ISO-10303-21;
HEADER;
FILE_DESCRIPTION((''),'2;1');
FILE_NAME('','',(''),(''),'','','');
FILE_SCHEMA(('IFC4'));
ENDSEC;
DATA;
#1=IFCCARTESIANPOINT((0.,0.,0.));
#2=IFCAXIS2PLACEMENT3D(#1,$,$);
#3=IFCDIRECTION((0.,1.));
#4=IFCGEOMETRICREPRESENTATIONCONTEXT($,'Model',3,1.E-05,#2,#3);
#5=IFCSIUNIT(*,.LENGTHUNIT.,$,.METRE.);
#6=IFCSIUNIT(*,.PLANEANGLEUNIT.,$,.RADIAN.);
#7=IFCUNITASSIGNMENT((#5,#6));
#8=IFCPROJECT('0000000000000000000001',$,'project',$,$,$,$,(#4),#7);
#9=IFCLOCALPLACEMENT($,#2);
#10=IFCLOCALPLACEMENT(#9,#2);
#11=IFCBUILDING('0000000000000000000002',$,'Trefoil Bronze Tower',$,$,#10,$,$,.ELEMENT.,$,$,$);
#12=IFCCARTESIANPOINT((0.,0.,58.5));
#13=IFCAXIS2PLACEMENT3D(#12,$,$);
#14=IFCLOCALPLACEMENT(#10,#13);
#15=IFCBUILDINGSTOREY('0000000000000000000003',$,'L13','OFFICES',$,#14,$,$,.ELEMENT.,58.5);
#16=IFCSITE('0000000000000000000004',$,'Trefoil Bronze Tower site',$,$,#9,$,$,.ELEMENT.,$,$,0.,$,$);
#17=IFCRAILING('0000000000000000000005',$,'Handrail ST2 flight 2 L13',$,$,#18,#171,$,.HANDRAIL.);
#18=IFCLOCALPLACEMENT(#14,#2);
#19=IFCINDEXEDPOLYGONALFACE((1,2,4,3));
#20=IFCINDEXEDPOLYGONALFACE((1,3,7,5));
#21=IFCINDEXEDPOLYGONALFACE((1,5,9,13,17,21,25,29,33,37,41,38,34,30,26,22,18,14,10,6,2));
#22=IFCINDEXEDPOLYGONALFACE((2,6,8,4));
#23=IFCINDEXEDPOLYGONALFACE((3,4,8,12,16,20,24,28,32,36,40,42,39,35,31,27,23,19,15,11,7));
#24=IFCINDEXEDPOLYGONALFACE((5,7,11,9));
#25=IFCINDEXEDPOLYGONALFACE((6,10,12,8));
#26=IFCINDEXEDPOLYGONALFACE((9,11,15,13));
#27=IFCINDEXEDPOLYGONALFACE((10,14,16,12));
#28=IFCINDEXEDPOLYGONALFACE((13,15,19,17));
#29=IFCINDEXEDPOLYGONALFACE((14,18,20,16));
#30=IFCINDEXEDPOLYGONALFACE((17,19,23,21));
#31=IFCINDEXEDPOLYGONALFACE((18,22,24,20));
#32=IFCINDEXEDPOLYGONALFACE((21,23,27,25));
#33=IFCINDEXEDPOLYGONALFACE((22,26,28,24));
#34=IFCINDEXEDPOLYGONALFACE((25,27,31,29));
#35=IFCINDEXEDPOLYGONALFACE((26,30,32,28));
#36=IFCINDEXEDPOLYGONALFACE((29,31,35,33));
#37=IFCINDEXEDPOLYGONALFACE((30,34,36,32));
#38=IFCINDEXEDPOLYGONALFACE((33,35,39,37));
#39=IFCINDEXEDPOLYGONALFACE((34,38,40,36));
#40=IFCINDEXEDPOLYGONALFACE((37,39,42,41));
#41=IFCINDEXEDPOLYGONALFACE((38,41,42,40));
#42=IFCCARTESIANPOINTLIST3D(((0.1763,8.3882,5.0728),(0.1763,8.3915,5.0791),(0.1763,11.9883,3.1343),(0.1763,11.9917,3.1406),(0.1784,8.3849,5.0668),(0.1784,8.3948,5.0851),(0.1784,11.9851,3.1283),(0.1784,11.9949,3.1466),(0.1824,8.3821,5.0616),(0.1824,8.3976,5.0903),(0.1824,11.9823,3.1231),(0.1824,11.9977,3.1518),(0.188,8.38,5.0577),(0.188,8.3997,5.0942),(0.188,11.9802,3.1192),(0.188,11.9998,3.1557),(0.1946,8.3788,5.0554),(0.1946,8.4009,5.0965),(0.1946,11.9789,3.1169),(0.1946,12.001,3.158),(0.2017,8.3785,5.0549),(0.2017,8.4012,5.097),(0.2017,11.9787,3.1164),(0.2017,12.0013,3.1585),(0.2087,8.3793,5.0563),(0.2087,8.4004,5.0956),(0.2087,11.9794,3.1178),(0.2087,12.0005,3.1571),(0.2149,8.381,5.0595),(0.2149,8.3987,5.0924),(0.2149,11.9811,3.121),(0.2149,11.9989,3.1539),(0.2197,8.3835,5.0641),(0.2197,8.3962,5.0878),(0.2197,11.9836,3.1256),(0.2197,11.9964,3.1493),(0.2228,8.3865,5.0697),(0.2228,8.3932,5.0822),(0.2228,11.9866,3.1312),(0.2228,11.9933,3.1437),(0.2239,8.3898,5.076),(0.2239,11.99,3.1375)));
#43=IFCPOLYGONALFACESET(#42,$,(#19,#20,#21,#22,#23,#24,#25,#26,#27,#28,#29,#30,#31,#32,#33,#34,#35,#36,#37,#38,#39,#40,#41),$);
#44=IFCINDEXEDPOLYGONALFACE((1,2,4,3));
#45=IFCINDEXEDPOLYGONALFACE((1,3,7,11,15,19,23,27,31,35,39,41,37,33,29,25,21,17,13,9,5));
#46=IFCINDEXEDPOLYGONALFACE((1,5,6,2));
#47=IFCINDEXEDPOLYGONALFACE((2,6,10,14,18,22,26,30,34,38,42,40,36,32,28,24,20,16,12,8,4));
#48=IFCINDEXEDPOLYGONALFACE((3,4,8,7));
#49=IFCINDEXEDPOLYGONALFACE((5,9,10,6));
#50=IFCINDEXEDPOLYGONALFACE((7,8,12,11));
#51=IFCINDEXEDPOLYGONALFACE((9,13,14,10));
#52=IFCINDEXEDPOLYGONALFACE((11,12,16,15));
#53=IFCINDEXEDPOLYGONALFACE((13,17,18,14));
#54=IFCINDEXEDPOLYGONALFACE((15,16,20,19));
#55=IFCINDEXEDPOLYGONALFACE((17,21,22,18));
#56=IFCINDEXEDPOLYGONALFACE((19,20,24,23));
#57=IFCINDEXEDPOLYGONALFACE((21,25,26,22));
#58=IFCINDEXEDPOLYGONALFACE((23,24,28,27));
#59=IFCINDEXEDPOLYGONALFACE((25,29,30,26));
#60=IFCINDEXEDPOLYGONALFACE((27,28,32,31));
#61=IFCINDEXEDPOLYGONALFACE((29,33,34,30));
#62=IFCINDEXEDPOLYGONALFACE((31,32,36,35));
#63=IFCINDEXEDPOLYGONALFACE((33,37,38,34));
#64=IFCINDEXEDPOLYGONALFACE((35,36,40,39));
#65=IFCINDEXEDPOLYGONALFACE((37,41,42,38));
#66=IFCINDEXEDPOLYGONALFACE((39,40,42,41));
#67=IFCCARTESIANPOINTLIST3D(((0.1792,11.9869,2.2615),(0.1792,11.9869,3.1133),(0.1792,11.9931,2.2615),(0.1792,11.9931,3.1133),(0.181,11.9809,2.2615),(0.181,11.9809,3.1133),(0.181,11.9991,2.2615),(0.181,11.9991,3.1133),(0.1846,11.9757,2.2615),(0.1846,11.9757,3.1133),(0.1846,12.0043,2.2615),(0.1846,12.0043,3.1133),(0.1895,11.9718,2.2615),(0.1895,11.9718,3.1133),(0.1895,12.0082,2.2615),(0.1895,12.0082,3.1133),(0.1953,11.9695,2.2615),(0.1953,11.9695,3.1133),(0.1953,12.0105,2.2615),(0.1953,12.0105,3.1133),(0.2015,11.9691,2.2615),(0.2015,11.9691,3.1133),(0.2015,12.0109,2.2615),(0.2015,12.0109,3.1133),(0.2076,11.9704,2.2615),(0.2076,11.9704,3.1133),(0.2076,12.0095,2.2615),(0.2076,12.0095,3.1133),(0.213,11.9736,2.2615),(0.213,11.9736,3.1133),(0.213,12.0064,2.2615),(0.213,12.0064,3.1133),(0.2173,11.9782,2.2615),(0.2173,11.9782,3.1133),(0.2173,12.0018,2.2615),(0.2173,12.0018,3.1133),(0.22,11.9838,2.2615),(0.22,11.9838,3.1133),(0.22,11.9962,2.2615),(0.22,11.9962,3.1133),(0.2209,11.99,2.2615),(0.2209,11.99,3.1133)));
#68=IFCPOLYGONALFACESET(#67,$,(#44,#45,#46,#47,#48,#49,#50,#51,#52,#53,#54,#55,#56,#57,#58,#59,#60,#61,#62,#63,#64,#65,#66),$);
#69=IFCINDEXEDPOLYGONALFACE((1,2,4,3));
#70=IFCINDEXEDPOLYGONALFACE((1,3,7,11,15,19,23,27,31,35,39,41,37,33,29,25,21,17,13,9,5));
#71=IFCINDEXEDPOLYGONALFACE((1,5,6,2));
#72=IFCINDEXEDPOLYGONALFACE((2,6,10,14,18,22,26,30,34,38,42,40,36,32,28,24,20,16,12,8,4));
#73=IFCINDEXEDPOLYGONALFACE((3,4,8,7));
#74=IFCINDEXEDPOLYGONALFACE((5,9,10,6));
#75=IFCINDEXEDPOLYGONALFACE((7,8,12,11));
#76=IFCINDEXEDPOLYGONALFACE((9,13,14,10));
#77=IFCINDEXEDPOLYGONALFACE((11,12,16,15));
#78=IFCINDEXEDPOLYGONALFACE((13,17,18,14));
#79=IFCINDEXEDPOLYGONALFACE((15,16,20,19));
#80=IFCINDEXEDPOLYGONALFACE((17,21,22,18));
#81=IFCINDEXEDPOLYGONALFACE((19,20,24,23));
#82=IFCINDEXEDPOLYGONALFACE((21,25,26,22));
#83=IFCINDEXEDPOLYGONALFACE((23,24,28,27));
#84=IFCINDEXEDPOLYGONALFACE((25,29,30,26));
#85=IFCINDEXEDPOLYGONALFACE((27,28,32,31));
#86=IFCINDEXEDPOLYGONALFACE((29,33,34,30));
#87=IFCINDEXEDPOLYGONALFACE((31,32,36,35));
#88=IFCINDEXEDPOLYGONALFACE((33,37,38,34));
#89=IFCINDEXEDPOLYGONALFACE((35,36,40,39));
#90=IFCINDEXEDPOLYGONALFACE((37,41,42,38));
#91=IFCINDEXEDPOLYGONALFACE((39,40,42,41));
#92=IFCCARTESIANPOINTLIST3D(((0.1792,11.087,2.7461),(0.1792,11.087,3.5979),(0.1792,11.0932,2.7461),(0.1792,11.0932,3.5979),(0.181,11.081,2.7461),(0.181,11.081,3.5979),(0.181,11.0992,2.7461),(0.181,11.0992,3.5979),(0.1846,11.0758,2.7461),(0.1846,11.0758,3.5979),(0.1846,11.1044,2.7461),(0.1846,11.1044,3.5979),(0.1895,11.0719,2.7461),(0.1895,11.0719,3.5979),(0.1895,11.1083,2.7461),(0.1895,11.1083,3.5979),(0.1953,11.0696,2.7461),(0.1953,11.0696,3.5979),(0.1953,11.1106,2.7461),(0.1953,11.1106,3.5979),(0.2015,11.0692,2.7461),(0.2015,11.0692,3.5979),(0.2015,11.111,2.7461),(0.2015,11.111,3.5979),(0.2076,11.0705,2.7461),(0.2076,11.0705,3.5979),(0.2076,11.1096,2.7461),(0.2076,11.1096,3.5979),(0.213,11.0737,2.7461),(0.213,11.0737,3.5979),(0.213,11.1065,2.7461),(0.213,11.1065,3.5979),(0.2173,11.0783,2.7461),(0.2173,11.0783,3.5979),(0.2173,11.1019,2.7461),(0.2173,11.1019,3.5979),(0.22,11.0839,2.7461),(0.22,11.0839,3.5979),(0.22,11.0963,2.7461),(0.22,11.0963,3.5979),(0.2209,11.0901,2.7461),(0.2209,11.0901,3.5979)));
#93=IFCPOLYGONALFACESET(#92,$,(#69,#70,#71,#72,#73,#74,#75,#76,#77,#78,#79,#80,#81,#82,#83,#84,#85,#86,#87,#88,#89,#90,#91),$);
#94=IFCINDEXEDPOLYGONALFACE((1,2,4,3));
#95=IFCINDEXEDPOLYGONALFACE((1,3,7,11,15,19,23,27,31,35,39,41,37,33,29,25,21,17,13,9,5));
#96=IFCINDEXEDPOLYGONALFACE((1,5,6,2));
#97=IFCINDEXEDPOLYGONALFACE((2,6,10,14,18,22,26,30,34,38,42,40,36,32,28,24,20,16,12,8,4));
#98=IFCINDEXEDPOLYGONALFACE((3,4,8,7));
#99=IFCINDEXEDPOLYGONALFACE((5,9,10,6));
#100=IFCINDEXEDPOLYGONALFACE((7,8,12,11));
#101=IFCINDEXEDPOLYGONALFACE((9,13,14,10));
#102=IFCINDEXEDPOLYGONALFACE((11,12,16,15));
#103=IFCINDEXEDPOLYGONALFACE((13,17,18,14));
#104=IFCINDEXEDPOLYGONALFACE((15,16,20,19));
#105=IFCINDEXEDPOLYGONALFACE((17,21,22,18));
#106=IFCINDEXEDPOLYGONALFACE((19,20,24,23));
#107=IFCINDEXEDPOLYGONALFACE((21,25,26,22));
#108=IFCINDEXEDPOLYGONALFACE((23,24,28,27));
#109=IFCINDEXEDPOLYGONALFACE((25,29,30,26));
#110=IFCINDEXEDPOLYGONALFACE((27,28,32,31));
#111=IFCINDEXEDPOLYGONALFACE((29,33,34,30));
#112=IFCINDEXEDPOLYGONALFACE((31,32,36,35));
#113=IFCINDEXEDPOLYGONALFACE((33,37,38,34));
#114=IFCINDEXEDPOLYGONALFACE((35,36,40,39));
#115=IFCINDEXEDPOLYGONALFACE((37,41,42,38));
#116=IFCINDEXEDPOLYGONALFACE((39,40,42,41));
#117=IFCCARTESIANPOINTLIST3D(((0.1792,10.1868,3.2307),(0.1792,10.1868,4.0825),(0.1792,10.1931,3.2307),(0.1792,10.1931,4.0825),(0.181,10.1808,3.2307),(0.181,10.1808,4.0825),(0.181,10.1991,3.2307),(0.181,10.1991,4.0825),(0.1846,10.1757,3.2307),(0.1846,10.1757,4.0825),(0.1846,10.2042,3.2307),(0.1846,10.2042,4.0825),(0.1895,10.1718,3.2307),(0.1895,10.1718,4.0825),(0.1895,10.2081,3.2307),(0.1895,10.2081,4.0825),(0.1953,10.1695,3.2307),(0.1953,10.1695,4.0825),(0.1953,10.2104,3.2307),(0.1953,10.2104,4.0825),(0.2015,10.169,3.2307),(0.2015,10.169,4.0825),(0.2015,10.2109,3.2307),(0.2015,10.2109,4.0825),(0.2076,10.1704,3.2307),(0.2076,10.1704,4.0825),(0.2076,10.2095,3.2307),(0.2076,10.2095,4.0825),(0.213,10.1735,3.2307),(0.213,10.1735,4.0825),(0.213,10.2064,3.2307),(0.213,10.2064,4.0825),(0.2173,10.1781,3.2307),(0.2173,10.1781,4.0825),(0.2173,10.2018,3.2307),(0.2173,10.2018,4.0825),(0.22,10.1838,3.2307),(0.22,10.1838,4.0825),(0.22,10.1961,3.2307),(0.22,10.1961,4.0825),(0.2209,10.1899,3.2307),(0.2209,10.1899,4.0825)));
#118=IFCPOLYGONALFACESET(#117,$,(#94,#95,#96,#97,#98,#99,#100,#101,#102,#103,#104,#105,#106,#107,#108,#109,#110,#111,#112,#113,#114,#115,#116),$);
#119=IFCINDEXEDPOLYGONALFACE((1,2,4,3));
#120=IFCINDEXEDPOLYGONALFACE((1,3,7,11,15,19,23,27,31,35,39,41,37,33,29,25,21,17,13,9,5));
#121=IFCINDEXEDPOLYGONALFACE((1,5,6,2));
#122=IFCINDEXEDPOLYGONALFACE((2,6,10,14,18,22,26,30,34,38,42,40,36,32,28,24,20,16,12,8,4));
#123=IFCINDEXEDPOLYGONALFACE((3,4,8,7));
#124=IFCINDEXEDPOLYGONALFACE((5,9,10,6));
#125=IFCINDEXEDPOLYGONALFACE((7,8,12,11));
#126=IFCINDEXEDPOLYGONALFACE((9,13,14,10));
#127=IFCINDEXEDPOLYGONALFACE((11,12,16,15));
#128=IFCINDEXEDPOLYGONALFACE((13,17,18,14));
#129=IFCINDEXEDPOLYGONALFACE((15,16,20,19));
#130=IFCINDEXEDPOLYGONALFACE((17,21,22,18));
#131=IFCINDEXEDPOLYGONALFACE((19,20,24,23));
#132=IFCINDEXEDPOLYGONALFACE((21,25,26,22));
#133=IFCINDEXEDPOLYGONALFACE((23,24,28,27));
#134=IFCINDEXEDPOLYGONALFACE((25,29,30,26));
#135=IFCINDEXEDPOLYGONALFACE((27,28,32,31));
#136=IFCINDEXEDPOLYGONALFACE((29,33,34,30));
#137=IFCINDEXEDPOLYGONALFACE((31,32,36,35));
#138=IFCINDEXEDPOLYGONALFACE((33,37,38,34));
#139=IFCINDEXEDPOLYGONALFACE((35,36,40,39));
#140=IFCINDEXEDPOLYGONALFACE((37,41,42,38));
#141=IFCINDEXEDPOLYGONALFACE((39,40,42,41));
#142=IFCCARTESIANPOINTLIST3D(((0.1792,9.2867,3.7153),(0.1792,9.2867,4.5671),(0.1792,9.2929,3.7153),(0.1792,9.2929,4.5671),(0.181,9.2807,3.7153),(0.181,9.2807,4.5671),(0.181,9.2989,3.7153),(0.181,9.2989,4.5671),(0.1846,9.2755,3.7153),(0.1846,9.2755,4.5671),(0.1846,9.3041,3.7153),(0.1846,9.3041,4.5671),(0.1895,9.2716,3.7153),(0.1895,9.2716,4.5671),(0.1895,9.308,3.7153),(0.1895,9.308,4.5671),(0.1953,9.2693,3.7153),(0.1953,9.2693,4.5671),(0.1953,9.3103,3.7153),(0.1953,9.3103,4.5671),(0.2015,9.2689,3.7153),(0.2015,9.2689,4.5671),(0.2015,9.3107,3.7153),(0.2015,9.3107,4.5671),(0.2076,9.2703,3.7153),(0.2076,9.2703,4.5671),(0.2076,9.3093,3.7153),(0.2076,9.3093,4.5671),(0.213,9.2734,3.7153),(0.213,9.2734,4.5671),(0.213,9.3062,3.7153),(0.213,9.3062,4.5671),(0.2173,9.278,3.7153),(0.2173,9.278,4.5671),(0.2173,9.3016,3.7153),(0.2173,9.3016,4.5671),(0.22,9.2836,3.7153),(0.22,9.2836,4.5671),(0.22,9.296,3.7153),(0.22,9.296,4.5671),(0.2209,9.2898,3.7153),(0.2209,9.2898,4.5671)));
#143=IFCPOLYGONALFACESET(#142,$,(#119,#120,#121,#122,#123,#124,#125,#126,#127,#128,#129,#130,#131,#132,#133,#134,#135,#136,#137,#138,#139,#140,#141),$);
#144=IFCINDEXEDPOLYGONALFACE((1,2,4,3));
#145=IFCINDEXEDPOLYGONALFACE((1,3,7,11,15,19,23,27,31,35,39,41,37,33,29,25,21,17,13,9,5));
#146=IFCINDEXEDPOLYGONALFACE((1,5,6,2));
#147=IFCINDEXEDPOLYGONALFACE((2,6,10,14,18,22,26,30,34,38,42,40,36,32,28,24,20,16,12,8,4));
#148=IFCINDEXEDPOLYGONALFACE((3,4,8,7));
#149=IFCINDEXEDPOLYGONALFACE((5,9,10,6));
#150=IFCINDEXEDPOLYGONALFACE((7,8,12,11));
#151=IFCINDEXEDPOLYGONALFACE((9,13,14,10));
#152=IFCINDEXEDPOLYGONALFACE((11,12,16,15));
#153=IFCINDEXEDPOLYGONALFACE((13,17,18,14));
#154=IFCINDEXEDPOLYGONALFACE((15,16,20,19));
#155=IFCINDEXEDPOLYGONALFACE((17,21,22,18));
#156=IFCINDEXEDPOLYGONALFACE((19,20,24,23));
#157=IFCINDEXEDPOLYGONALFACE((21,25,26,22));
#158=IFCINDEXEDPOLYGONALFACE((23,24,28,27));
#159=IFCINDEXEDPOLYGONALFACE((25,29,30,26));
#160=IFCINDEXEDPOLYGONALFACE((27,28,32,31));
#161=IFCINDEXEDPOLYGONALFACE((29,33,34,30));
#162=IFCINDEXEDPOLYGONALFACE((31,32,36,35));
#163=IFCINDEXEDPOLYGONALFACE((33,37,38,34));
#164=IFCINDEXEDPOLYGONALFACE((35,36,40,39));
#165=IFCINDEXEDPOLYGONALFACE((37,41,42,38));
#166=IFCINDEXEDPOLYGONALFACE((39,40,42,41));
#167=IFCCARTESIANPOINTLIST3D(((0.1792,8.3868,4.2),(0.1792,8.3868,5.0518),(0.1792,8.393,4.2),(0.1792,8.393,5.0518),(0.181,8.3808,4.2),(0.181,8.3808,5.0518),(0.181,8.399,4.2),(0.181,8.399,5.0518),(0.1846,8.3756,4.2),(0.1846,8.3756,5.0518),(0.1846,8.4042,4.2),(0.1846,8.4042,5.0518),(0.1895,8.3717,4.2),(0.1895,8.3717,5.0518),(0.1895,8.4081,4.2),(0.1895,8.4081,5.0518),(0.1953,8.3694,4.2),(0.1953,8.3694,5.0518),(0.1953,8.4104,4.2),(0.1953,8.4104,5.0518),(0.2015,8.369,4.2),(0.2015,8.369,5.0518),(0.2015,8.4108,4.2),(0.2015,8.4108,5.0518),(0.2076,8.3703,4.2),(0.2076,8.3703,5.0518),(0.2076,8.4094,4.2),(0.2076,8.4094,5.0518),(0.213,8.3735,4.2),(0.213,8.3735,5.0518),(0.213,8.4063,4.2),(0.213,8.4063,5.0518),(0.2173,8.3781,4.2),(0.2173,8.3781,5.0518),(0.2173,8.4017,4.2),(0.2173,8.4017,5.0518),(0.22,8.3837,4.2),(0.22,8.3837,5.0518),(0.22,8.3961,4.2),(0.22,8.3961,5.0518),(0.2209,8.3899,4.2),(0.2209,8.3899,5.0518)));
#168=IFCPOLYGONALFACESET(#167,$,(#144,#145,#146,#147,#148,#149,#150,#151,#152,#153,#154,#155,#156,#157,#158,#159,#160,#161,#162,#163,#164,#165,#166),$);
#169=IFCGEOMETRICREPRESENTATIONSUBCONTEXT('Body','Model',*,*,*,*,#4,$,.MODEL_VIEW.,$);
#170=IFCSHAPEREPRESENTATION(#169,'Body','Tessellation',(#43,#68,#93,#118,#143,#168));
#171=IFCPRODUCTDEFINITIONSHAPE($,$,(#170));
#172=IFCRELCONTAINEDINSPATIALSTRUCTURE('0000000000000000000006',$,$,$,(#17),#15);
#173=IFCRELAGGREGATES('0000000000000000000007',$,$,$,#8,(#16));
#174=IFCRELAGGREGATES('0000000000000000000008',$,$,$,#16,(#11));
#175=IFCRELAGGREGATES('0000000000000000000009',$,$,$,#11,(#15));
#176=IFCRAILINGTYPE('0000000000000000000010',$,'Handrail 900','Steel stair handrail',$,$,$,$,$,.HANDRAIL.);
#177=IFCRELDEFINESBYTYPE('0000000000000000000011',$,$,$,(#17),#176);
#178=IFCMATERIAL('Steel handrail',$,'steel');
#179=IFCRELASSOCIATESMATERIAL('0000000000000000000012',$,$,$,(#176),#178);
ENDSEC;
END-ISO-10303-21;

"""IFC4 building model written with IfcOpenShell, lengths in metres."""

from ifc_helpers import new_model, si_unit, direction, frame, origin, origin_2d, place, context, subcontext, project, spatial, circle, extrude, material, type_object, element, save


model = new_model("IFC4")

# Units and contexts
model_context = context("Model", 3, precision=1e-05, world=origin(), true_north=direction((0.0, 1.0)))
body_context = subcontext(model_context, "Body", "Model", "MODEL_VIEW")
ifc_project = project(units=[si_unit("LENGTHUNIT", "METRE"), si_unit("PLANEANGLEUNIT", "RADIAN")], contexts=[model_context])

# Site, building, storey
site_placement = place(None, origin())
site = spatial("IfcSite", under=ifc_project, at=site_placement, Name="Trefoil Bronze Tower site", CompositionType="ELEMENT", RefElevation=0.0)
building_placement = place(site_placement, origin())
building = spatial("IfcBuilding", under=site, at=building_placement, Name="Trefoil Bronze Tower", CompositionType="ELEMENT")
storey_placement = place(building_placement, frame((0.0, 0.0, 58.5)))
storey = spatial("IfcBuildingStorey", under=building, at=storey_placement, Name="L13", Description="OFFICES", CompositionType="ELEMENT", Elevation=58.5)

# Railing
ifc_material_1 = material(Name="Steel handrail", Category="steel")
railing_type = type_object("IfcRailingType", Name="Handrail 900", Description="Steel stair handrail", PredefinedType="HANDRAIL", material=ifc_material_1)
railing_placement = place(storey_placement, frame((0.2, 11.99, 2.2615)))
element("IfcRailing", 1, at=railing_placement, inside=storey, type_object=railing_type, Name="Handrail ST2 flight 2 L13", PredefinedType="HANDRAIL", context=body_context, shape_type="SweptSolid", body=[
    extrude(circle(Radius=0.0239, at=origin_2d()), frame((0.0, 0.0, 0.876), z_axis=(0.0, -0.880475, 0.474093), x_axis=(1.0, 0.0, 0.0)), (0.0, 0.0, 1.0), 4.0889),
    extrude(circle(Radius=0.021, at=origin_2d()), origin(), (0.0, 0.0, 1.0), 0.8518),
    extrude(circle(Radius=0.021, at=origin_2d()), frame((0.0, -0.8999, 0.4846)), (0.0, 0.0, 1.0), 0.8518),
    extrude(circle(Radius=0.021, at=origin_2d()), frame((0.0, -1.8, 0.9692)), (0.0, 0.0, 1.0), 0.8518),
    extrude(circle(Radius=0.021, at=origin_2d()), frame((0.0, -2.7002, 1.4539)), (0.0, 0.0, 1.0), 0.8518),
    extrude(circle(Radius=0.021, at=origin_2d()), frame((0.0, -3.6001, 1.9385)), (0.0, 0.0, 1.0), 0.8518),
])

save(model, "model.ifc")
